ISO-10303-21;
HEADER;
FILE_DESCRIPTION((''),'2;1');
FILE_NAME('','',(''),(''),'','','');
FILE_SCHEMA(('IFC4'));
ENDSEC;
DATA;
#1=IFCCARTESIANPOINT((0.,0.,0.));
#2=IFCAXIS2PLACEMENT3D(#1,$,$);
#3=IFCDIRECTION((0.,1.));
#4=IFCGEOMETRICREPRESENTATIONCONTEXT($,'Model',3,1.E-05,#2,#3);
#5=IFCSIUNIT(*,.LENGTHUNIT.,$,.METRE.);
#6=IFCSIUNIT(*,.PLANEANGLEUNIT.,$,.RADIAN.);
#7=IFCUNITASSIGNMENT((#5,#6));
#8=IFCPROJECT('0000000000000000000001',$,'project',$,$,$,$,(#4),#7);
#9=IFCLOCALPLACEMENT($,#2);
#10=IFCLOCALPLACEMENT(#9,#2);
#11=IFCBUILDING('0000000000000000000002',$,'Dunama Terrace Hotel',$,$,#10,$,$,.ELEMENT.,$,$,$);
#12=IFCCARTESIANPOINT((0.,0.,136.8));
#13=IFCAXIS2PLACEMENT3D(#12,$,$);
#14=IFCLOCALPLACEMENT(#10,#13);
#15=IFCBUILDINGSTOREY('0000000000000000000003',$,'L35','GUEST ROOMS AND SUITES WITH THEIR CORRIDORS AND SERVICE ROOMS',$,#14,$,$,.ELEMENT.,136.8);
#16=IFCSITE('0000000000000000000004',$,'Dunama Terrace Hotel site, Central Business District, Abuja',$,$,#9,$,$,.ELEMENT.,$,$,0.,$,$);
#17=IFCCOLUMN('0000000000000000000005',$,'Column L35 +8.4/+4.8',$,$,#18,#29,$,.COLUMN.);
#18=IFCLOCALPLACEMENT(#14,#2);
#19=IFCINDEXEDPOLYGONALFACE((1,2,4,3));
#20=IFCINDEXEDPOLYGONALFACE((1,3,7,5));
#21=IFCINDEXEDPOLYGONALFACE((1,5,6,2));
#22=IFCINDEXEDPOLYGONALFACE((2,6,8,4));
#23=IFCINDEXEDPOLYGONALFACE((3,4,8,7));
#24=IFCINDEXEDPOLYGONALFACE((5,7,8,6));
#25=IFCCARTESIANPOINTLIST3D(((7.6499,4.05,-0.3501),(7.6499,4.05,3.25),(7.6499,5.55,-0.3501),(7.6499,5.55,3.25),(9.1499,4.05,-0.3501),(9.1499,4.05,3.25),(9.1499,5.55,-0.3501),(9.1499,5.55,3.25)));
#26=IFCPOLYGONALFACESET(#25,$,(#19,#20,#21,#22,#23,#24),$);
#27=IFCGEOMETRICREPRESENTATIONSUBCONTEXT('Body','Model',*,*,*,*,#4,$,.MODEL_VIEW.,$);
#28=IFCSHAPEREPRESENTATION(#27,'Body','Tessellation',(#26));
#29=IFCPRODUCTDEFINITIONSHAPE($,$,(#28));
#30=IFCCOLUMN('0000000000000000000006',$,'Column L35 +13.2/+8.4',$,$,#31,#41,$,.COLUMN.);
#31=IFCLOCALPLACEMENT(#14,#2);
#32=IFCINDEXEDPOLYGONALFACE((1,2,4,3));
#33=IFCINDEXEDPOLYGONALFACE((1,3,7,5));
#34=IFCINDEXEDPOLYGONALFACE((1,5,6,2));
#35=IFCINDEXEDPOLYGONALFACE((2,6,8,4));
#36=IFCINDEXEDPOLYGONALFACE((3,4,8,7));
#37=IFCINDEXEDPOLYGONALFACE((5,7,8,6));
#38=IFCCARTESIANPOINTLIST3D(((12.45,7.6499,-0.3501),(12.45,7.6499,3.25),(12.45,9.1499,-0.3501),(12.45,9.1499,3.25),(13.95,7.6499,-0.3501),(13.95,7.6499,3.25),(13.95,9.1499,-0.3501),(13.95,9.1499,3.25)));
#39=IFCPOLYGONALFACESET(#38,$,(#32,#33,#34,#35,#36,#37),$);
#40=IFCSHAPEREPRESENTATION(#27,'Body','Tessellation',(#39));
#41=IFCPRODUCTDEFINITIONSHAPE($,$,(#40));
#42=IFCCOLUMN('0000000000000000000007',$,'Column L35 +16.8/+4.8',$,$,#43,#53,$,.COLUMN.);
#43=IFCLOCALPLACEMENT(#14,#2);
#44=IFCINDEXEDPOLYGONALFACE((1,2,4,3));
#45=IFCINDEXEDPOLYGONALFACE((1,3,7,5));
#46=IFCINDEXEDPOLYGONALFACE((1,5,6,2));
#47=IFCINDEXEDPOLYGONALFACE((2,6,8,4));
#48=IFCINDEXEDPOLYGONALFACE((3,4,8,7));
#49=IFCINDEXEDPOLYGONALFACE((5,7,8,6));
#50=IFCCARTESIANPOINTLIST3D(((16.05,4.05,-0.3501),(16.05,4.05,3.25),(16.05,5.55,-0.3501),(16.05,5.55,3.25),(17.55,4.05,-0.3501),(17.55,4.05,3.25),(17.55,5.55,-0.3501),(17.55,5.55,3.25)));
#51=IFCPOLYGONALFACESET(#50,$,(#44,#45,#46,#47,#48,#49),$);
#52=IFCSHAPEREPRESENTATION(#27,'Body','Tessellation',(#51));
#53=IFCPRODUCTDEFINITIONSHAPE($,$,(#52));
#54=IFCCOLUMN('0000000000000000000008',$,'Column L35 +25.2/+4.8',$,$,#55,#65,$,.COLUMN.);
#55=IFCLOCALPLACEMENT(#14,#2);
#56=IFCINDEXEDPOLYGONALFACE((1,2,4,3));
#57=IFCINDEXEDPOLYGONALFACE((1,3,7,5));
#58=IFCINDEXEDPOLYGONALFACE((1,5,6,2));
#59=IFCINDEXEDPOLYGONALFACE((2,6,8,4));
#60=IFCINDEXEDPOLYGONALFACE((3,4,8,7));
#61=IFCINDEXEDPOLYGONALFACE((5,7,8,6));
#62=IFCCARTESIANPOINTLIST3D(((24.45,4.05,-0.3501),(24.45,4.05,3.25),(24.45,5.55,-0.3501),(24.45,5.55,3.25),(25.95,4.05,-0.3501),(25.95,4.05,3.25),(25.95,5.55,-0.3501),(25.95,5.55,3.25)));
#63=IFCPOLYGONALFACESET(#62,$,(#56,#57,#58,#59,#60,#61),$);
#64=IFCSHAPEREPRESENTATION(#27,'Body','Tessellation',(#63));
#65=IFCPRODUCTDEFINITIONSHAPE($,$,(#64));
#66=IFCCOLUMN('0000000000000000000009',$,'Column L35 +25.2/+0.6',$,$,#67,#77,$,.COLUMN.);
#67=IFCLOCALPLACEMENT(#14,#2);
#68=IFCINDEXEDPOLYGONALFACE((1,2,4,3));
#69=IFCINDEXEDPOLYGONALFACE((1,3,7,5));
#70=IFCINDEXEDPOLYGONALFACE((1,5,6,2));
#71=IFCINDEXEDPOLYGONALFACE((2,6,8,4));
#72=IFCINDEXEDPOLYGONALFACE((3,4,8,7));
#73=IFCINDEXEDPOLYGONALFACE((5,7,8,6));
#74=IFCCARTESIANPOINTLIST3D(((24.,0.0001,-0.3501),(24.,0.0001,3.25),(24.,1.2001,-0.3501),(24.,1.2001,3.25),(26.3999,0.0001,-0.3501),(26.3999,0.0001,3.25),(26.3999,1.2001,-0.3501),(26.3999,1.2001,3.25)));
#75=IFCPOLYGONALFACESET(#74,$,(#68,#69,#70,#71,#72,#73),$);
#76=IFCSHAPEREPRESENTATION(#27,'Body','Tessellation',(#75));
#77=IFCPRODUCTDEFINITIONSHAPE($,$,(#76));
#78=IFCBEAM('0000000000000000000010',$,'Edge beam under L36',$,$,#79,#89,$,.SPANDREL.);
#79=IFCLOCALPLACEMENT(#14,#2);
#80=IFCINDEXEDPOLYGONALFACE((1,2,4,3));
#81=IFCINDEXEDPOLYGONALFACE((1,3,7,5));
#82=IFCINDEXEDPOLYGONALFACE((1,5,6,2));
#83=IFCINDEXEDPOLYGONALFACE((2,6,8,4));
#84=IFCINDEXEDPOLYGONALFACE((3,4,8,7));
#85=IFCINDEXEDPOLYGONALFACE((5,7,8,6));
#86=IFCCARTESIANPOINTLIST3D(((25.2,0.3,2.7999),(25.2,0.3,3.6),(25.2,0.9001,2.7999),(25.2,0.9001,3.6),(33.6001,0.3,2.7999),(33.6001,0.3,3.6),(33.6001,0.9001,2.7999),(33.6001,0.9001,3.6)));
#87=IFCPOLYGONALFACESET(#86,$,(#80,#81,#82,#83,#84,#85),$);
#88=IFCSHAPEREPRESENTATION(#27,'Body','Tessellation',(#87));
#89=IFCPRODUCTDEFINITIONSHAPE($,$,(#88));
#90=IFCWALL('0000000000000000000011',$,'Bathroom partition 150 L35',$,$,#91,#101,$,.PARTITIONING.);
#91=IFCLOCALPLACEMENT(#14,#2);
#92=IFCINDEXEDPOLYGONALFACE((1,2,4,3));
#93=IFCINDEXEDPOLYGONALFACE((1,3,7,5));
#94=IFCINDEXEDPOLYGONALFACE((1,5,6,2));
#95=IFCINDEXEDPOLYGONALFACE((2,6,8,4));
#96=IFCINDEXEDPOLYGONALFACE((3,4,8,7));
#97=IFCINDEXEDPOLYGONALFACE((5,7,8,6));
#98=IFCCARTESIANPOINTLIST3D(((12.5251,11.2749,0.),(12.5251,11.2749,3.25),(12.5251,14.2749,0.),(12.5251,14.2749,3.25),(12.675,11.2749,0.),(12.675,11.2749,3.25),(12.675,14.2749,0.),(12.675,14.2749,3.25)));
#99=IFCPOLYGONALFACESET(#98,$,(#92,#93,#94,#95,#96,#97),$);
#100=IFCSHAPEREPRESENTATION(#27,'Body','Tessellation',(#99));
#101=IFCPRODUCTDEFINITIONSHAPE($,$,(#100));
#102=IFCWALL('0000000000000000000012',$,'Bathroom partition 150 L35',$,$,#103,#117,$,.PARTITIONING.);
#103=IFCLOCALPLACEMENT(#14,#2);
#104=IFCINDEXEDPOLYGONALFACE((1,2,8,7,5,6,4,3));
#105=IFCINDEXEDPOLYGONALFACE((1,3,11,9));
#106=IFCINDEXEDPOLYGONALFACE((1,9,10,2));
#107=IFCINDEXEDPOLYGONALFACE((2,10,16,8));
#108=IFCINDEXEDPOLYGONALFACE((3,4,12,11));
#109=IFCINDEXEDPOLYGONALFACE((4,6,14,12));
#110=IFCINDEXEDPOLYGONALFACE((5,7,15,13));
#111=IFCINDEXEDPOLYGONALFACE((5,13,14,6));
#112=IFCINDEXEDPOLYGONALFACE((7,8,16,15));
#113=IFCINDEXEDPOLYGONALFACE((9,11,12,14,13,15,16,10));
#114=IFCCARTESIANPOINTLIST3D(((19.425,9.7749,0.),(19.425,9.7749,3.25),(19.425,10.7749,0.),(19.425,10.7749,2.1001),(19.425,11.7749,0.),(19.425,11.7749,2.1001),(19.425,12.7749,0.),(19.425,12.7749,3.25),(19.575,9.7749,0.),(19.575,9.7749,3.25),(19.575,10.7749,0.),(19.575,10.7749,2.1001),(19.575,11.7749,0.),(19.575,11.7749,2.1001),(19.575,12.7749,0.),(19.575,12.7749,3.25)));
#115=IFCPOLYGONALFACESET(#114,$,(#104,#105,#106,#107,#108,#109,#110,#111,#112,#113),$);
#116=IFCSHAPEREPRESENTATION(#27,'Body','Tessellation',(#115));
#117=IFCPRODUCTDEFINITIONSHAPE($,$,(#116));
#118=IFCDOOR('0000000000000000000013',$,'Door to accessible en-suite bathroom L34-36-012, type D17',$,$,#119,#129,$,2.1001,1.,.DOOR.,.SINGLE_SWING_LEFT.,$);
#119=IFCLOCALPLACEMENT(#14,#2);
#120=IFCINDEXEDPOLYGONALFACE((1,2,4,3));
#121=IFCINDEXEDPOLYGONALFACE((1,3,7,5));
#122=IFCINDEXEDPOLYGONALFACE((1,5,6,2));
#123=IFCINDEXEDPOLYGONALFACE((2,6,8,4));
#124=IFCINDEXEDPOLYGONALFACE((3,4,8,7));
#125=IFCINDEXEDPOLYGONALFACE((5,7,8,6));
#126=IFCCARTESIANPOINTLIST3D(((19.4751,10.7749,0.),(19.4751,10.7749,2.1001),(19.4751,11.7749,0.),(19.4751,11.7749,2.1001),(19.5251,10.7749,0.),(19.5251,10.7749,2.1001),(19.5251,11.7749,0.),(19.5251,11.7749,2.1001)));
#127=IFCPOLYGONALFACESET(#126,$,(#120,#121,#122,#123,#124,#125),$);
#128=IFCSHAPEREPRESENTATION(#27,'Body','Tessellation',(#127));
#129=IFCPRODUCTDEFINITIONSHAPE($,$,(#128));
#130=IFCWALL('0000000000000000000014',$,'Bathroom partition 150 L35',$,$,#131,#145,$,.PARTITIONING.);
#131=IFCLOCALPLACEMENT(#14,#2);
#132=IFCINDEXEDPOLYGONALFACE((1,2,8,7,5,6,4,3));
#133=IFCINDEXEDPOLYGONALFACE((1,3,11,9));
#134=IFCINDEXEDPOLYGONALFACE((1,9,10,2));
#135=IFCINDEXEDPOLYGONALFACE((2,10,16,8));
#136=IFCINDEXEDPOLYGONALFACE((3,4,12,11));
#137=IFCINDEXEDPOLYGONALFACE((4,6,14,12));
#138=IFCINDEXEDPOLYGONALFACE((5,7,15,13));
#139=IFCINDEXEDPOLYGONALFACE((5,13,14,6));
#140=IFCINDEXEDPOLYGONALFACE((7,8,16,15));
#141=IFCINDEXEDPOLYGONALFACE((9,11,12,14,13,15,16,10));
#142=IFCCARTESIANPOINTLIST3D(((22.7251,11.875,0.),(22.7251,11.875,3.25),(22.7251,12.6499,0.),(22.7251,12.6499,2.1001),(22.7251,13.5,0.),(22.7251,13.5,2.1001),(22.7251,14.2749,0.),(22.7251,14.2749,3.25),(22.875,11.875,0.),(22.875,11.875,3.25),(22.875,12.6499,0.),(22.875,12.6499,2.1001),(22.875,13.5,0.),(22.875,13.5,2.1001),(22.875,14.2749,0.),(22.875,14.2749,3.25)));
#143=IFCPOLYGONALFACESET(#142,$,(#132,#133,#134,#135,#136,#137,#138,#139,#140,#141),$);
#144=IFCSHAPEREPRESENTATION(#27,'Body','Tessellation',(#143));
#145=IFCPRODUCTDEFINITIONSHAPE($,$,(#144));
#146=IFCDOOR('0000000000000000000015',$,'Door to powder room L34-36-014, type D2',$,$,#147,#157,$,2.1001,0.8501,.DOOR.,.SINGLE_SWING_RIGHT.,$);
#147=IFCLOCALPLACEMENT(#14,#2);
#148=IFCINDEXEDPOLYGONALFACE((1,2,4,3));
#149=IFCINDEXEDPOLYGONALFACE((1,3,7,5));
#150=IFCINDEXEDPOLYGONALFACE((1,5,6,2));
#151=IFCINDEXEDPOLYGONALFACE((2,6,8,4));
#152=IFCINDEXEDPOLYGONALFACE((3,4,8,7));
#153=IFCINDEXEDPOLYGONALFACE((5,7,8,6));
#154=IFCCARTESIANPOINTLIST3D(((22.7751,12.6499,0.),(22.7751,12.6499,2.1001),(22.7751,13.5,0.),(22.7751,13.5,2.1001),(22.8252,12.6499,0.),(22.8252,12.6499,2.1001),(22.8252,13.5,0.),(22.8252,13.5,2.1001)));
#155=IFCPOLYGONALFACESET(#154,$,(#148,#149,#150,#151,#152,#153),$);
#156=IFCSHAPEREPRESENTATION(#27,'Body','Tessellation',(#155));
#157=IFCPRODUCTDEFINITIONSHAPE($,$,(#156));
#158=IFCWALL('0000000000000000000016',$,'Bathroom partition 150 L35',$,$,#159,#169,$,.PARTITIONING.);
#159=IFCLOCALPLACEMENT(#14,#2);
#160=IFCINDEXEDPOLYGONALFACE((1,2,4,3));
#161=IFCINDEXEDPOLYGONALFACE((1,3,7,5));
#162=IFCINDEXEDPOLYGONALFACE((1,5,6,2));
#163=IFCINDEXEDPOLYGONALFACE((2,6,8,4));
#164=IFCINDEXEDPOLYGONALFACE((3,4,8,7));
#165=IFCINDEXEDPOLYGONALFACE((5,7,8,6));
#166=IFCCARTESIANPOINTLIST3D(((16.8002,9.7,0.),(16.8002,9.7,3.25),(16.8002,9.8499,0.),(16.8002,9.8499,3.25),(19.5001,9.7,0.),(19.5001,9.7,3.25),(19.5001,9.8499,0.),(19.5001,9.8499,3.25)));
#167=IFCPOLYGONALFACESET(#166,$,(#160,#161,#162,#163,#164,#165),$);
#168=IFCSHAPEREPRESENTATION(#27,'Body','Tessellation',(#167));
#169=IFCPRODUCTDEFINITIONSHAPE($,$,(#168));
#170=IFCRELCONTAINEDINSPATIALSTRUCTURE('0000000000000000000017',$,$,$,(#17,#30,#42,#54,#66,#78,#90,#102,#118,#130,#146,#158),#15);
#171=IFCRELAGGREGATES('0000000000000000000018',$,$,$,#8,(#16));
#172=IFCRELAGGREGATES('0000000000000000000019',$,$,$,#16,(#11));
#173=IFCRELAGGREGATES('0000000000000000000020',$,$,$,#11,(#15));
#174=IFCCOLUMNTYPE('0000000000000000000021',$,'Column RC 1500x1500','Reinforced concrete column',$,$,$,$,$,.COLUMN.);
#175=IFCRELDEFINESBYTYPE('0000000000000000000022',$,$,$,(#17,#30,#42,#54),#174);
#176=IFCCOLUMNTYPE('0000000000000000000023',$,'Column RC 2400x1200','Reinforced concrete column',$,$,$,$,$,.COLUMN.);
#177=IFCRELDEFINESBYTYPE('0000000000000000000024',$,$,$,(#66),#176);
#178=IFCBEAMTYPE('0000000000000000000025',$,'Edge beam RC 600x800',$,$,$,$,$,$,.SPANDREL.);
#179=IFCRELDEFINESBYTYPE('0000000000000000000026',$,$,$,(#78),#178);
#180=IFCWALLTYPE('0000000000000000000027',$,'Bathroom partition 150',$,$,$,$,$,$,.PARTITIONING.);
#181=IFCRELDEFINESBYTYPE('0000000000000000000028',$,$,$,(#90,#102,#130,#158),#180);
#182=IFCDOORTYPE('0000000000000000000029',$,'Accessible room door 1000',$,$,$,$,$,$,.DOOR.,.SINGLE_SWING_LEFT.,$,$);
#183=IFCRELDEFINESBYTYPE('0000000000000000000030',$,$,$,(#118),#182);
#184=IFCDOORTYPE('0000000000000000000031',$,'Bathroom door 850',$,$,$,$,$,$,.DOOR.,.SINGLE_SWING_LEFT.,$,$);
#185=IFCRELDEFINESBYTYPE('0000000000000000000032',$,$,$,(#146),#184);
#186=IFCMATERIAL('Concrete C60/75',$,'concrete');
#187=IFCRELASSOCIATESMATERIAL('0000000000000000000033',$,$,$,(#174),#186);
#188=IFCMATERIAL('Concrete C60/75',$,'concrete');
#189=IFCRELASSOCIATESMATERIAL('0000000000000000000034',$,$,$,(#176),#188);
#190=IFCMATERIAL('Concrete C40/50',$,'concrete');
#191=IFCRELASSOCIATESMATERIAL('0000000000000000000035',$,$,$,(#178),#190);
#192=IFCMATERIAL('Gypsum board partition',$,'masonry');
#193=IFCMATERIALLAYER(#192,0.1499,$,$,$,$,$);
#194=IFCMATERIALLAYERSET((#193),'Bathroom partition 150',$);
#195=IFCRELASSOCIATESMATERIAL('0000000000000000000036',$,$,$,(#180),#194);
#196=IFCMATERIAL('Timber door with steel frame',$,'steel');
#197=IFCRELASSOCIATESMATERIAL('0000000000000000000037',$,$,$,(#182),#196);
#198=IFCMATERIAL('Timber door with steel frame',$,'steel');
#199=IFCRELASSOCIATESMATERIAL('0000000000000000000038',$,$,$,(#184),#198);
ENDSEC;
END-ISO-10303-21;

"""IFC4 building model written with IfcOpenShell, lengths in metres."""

from ifc_helpers import new_model, si_unit, direction, frame, frame_2d, origin, origin_2d, place, context, subcontext, project, spatial, rectangle, extrude, material, layer, layer_set, material_profile, profile_set, type_object, element, fill, save


model = new_model("IFC4")

# Units and contexts
model_context = context("Model", 3, precision=1e-05, world=origin(), true_north=direction((0.0, 1.0)))
body_context = subcontext(model_context, "Body", "Model", "MODEL_VIEW")
ifc_project = project(units=[si_unit("LENGTHUNIT", "METRE"), si_unit("PLANEANGLEUNIT", "RADIAN")], contexts=[model_context])

# Site, building, storey
site_placement = place(None, origin())
site = spatial("IfcSite", under=ifc_project, at=site_placement, Name="Dunama Terrace Hotel site, Central Business District, Abuja", CompositionType="ELEMENT", RefElevation=0.0)
building_placement = place(site_placement, origin())
building = spatial("IfcBuilding", under=site, at=building_placement, Name="Dunama Terrace Hotel", CompositionType="ELEMENT")
storey_placement = place(building_placement, frame((0.0, 0.0, 136.8)))
storey = spatial("IfcBuildingStorey", under=building, at=storey_placement, Name="L35", Description="GUEST ROOMS AND SUITES WITH THEIR CORRIDORS AND SERVICE ROOMS", CompositionType="ELEMENT", Elevation=136.8)

# Columns
ifc_material_1 = material(Name="Concrete C60/75", Category="concrete")
ifc_material_profile_1 = material_profile(ifc_material_1, rectangle(XDim=1.5, YDim=1.5, at=origin_2d()), Name="RC 1500x1500")
ifc_profile_set_1 = profile_set([ifc_material_profile_1], Name="Concrete C60/75")
column_type_1 = type_object("IfcColumnType", Name="Column RC 1500x1500", Description="Reinforced concrete column", PredefinedType="COLUMN", material=ifc_profile_set_1)
for number, where, z_axis, x_axis, name in (
    (1, (8.3999, 4.8, -0.3501), (0.0, 0.0, 1.0), (1.0, 0.0, 0.0), "Column L35 +8.4/+4.8"),
    (2, (13.2, 8.3999, -0.3501), (0.0, 0.0, 1.0), (1.0, 0.0, 0.0), "Column L35 +13.2/+8.4"),
    (3, (16.8, 4.8, -0.3501), (0.0, 0.0, 1.0), (1.0, 0.0, 0.0), "Column L35 +16.8/+4.8"),
    (4, (25.2, 4.8, -0.3501), (0.0, 0.0, 1.0), (1.0, 0.0, 0.0), "Column L35 +25.2/+4.8"),
):
    element("IfcColumn", number, at=place(storey_placement, frame(where, z_axis=z_axis, x_axis=x_axis)), inside=storey, type_object=column_type_1, Name=name, PredefinedType="COLUMN", context=body_context, shape_type="SweptSolid", body=[
        extrude(rectangle(XDim=1.5, YDim=1.5, at=origin_2d()), origin(), (0.0, 0.0, 1.0), 3.6001),
    ])
ifc_material_2 = material(Name="Concrete C60/75", Category="concrete")
ifc_material_profile_2 = material_profile(ifc_material_2, rectangle(XDim=2.3999, YDim=1.2, at=origin_2d()), Name="RC 2400x1200")
ifc_profile_set_2 = profile_set([ifc_material_profile_2], Name="Concrete C60/75")
column_type_2 = type_object("IfcColumnType", Name="Column RC 2400x1200", Description="Reinforced concrete column", PredefinedType="COLUMN", material=ifc_profile_set_2)
column_placement = place(storey_placement, frame((25.2, 0.6001, -0.3501), z_axis=(0.0, 0.0, 1.0), x_axis=(1.0, 0.0, 0.0)))
element("IfcColumn", 5, at=column_placement, inside=storey, type_object=column_type_2, Name="Column L35 +25.2/+0.6", PredefinedType="COLUMN", context=body_context, shape_type="SweptSolid", body=[
    extrude(rectangle(XDim=2.3999, YDim=1.2, at=origin_2d()), origin(), (0.0, 0.0, 1.0), 3.6001),
])

# Beam
ifc_material_3 = material(Name="Concrete C40/50", Category="concrete")
ifc_material_profile_3 = material_profile(ifc_material_3, rectangle(XDim=0.6001, YDim=0.8, at=origin_2d()), Name="RC 600x800")
ifc_profile_set_3 = profile_set([ifc_material_profile_3], Name="Concrete C40/50")
beam_type = type_object("IfcBeamType", Name="Edge beam RC 600x800", PredefinedType="SPANDREL", material=ifc_profile_set_3)
beam_placement = place(storey_placement, frame((25.2, 0.6001, 3.2), z_axis=(1.0, 0.0, 0.0), x_axis=(0.0, 1.0, 0.0)))
element("IfcBeam", 6, at=beam_placement, inside=storey, type_object=beam_type, Name="Edge beam under L36", PredefinedType="SPANDREL", context=body_context, shape_type="SweptSolid", body=[
    extrude(rectangle(XDim=0.6001, YDim=0.8, at=origin_2d()), origin(), (0.0, 0.0, 1.0), 8.4001),
])

# Wall
ifc_material_4 = material(Name="Gypsum board partition", Category="masonry")
ifc_layer = layer(ifc_material_4, 0.1499)
ifc_layer_set = layer_set([ifc_layer], Name="Bathroom partition 150")
wall_type = type_object("IfcWallType", Name="Bathroom partition 150", PredefinedType="PARTITIONING", material=ifc_layer_set)
wall_1_placement = place(storey_placement, frame((12.6001, 11.2749, 0.0), z_axis=(0.0, 0.0, 1.0), x_axis=(0.0, 1.0, 0.0)))
element("IfcWall", 7, at=wall_1_placement, inside=storey, type_object=wall_type, Name="Bathroom partition 150 L35", PredefinedType="PARTITIONING", context=body_context, shape_type="SweptSolid", body=[
    extrude(rectangle(XDim=3.0, YDim=0.1499, at=frame_2d((1.5, 0.0))), origin(), (0.0, 0.0, 1.0), 3.25),
])

# Walls, openings, doors
wall_2_placement = place(storey_placement, frame((19.5, 9.7749, 0.0), z_axis=(0.0, 0.0, 1.0), x_axis=(0.0, 1.0, 0.0)))
wall_2 = element("IfcWall", 8, at=wall_2_placement, inside=storey, type_object=wall_type, Name="Bathroom partition 150 L35", PredefinedType="PARTITIONING", context=body_context, shape_type="SweptSolid", body=[
    extrude(rectangle(XDim=3.0, YDim=0.1499, at=frame_2d((1.5, 0.0))), origin(), (0.0, 0.0, 1.0), 3.25),
])
opening_1_placement = place(wall_2_placement, frame((1.0, 0.0, 0.0)))
opening_1 = element("IfcOpeningElement", 9, at=opening_1_placement, cuts=wall_2, PredefinedType="OPENING", context=body_context, shape_type="SweptSolid", body=[
    extrude(rectangle(XDim=1.0, YDim=2.1001, at=frame_2d((0.5, 1.05))), frame((0.0, 0.085, 0.0), z_axis=(0.0, -1.0, 0.0), x_axis=(1.0, 0.0, 0.0)), (0.0, 0.0, 1.0), 0.1699),
])
ifc_material_5 = material(Name="Timber door with steel frame", Category="steel")
door_type_1 = type_object("IfcDoorType", Name="Accessible room door 1000", OperationType="SINGLE_SWING_LEFT", PredefinedType="DOOR", material=ifc_material_5)
door_1_placement = place(opening_1_placement, origin())
door_1 = element("IfcDoor", 10, at=door_1_placement, inside=storey, type_object=door_type_1, Name="Door to accessible en-suite bathroom L34-36-012, type D17", OperationType="SINGLE_SWING_LEFT", OverallHeight=2.1001, OverallWidth=1.0, PredefinedType="DOOR", context=body_context, shape_type="SweptSolid", body=[
    extrude(rectangle(XDim=1.0, YDim=2.1001, at=frame_2d((0.5, 1.05))), frame((0.0, 0.0249, 0.0), z_axis=(0.0, -1.0, 0.0), x_axis=(1.0, 0.0, 0.0)), (0.0, 0.0, 1.0), 0.05),
])
fill(opening_1, door_1)
wall_3_placement = place(storey_placement, frame((22.8, 11.875, 0.0), z_axis=(0.0, 0.0, 1.0), x_axis=(0.0, 1.0, 0.0)))
wall_3 = element("IfcWall", 11, at=wall_3_placement, inside=storey, type_object=wall_type, Name="Bathroom partition 150 L35", PredefinedType="PARTITIONING", context=body_context, shape_type="SweptSolid", body=[
    extrude(rectangle(XDim=2.3999, YDim=0.1499, at=frame_2d((1.2, 0.0))), origin(), (0.0, 0.0, 1.0), 3.25),
])
opening_2_placement = place(wall_3_placement, frame((0.7749, 0.0, 0.0)))
opening_2 = element("IfcOpeningElement", 12, at=opening_2_placement, cuts=wall_3, PredefinedType="OPENING", context=body_context, shape_type="SweptSolid", body=[
    extrude(rectangle(XDim=0.8501, YDim=2.1001, at=frame_2d((0.425, 1.05))), frame((0.0, 0.085, 0.0), z_axis=(0.0, -1.0, 0.0), x_axis=(1.0, 0.0, 0.0)), (0.0, 0.0, 1.0), 0.1699),
])
ifc_material_6 = material(Name="Timber door with steel frame", Category="steel")
door_type_2 = type_object("IfcDoorType", Name="Bathroom door 850", OperationType="SINGLE_SWING_LEFT", PredefinedType="DOOR", material=ifc_material_6)
door_2_placement = place(opening_2_placement, origin())
door_2 = element("IfcDoor", 13, at=door_2_placement, inside=storey, type_object=door_type_2, Name="Door to powder room L34-36-014, type D2", OperationType="SINGLE_SWING_RIGHT", OverallHeight=2.1001, OverallWidth=0.8501, PredefinedType="DOOR", context=body_context, shape_type="SweptSolid", body=[
    extrude(rectangle(XDim=0.8501, YDim=2.1001, at=frame_2d((0.425, 1.05))), frame((0.0, 0.0249, 0.0), z_axis=(0.0, -1.0, 0.0), x_axis=(1.0, 0.0, 0.0)), (0.0, 0.0, 1.0), 0.05),
])
fill(opening_2, door_2)

# Wall
wall_4_placement = place(storey_placement, frame((16.8, 9.7749, 0.0), z_axis=(0.0, 0.0, 1.0), x_axis=(1.0, 0.0, 0.0)))
element("IfcWall", 14, at=wall_4_placement, inside=storey, type_object=wall_type, Name="Bathroom partition 150 L35", PredefinedType="PARTITIONING", context=body_context, shape_type="SweptSolid", body=[
    extrude(rectangle(XDim=2.7, YDim=0.1499, at=frame_2d((1.3501, 0.0))), origin(), (0.0, 0.0, 1.0), 3.25),
])

save(model, "model.ifc")
